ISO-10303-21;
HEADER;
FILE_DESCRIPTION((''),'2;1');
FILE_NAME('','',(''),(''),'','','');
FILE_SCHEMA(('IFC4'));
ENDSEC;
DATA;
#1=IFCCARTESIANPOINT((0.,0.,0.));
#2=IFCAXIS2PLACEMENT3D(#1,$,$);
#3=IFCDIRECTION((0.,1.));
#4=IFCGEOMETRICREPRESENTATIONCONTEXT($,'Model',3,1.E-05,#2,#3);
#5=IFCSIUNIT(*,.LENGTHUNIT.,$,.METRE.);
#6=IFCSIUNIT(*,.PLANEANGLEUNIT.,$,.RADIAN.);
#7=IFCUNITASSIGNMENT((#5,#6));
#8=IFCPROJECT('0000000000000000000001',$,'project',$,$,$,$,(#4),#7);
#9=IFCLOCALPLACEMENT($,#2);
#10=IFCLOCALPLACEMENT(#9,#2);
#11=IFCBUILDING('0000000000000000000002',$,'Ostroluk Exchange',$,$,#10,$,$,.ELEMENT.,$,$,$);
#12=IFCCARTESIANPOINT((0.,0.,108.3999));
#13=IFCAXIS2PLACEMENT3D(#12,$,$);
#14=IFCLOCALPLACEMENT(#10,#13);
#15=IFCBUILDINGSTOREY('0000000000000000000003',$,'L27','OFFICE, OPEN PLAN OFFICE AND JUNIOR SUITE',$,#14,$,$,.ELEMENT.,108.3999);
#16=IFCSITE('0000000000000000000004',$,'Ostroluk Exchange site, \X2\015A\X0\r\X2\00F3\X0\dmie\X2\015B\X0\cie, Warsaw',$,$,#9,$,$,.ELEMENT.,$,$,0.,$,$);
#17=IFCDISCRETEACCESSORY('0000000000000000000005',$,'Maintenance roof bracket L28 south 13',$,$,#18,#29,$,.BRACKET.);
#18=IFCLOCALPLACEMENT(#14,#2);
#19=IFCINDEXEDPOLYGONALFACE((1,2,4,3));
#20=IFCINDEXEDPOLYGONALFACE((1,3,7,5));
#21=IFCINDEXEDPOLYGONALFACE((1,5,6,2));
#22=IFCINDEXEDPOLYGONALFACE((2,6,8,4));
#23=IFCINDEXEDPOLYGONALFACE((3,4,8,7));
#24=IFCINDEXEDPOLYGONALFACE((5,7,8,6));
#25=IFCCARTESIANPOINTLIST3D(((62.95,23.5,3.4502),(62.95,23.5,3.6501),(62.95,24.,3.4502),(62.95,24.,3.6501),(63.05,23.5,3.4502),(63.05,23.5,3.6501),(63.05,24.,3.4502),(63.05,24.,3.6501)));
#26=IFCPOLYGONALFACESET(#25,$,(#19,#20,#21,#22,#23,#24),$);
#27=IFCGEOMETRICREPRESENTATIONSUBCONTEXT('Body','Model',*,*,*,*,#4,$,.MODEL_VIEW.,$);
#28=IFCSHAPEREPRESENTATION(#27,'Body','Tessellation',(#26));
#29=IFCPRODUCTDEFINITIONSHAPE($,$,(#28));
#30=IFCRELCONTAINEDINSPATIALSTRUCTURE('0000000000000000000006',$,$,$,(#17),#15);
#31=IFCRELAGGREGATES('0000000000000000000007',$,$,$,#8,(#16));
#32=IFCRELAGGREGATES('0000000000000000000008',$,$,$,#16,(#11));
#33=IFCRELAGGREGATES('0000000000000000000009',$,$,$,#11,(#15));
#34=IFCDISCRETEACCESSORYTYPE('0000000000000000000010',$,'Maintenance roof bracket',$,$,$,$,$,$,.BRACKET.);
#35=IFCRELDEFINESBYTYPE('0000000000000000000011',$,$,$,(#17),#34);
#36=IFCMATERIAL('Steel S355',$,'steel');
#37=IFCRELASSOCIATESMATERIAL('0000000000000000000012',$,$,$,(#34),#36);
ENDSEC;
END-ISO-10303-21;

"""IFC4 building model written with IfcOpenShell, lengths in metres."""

from ifc_helpers import new_model, si_unit, direction, frame, origin, origin_2d, place, context, subcontext, project, spatial, rectangle, extrude, material, type_object, element, save


model = new_model("IFC4")

# Units and contexts
model_context = context("Model", 3, precision=1e-05, world=origin(), true_north=direction((0.0, 1.0)))
body_context = subcontext(model_context, "Body", "Model", "MODEL_VIEW")
ifc_project = project(units=[si_unit("LENGTHUNIT", "METRE"), si_unit("PLANEANGLEUNIT", "RADIAN")], contexts=[model_context])

# Site, building, storey
site_placement = place(None, origin())
site = spatial("IfcSite", under=ifc_project, at=site_placement, Name="Ostroluk Exchange site, Śródmieście, Warsaw", CompositionType="ELEMENT", RefElevation=0.0)
building_placement = place(site_placement, origin())
building = spatial("IfcBuilding", under=site, at=building_placement, Name="Ostroluk Exchange", CompositionType="ELEMENT")
storey_placement = place(building_placement, frame((0.0, 0.0, 108.3999)))
storey = spatial("IfcBuildingStorey", under=building, at=storey_placement, Name="L27", Description="OFFICE, OPEN PLAN OFFICE AND JUNIOR SUITE", CompositionType="ELEMENT", Elevation=108.3999)

# Discrete accessory
ifc_material_1 = material(Name="Steel S355", Category="steel")
discrete_accessory_type = type_object("IfcDiscreteAccessoryType", Name="Maintenance roof bracket", PredefinedType="BRACKET", material=ifc_material_1)
for number, where, z_axis, x_axis, name in (
    (1, (63.0, 23.75, 3.4502), (0.0, 0.0, 1.0), (1.0, 0.0, 0.0), "Maintenance roof bracket L28 south 13"),
):
    element("IfcDiscreteAccessory", number, at=place(storey_placement, frame(where, z_axis=z_axis, x_axis=x_axis)), inside=storey, type_object=discrete_accessory_type, Name=name, PredefinedType="BRACKET", context=body_context, shape_type="SweptSolid", body=[
        extrude(rectangle(XDim=0.1001, YDim=0.5, at=origin_2d()), origin(), (0.0, 0.0, 1.0), 0.2),
    ])

save(model, "model.ifc")
